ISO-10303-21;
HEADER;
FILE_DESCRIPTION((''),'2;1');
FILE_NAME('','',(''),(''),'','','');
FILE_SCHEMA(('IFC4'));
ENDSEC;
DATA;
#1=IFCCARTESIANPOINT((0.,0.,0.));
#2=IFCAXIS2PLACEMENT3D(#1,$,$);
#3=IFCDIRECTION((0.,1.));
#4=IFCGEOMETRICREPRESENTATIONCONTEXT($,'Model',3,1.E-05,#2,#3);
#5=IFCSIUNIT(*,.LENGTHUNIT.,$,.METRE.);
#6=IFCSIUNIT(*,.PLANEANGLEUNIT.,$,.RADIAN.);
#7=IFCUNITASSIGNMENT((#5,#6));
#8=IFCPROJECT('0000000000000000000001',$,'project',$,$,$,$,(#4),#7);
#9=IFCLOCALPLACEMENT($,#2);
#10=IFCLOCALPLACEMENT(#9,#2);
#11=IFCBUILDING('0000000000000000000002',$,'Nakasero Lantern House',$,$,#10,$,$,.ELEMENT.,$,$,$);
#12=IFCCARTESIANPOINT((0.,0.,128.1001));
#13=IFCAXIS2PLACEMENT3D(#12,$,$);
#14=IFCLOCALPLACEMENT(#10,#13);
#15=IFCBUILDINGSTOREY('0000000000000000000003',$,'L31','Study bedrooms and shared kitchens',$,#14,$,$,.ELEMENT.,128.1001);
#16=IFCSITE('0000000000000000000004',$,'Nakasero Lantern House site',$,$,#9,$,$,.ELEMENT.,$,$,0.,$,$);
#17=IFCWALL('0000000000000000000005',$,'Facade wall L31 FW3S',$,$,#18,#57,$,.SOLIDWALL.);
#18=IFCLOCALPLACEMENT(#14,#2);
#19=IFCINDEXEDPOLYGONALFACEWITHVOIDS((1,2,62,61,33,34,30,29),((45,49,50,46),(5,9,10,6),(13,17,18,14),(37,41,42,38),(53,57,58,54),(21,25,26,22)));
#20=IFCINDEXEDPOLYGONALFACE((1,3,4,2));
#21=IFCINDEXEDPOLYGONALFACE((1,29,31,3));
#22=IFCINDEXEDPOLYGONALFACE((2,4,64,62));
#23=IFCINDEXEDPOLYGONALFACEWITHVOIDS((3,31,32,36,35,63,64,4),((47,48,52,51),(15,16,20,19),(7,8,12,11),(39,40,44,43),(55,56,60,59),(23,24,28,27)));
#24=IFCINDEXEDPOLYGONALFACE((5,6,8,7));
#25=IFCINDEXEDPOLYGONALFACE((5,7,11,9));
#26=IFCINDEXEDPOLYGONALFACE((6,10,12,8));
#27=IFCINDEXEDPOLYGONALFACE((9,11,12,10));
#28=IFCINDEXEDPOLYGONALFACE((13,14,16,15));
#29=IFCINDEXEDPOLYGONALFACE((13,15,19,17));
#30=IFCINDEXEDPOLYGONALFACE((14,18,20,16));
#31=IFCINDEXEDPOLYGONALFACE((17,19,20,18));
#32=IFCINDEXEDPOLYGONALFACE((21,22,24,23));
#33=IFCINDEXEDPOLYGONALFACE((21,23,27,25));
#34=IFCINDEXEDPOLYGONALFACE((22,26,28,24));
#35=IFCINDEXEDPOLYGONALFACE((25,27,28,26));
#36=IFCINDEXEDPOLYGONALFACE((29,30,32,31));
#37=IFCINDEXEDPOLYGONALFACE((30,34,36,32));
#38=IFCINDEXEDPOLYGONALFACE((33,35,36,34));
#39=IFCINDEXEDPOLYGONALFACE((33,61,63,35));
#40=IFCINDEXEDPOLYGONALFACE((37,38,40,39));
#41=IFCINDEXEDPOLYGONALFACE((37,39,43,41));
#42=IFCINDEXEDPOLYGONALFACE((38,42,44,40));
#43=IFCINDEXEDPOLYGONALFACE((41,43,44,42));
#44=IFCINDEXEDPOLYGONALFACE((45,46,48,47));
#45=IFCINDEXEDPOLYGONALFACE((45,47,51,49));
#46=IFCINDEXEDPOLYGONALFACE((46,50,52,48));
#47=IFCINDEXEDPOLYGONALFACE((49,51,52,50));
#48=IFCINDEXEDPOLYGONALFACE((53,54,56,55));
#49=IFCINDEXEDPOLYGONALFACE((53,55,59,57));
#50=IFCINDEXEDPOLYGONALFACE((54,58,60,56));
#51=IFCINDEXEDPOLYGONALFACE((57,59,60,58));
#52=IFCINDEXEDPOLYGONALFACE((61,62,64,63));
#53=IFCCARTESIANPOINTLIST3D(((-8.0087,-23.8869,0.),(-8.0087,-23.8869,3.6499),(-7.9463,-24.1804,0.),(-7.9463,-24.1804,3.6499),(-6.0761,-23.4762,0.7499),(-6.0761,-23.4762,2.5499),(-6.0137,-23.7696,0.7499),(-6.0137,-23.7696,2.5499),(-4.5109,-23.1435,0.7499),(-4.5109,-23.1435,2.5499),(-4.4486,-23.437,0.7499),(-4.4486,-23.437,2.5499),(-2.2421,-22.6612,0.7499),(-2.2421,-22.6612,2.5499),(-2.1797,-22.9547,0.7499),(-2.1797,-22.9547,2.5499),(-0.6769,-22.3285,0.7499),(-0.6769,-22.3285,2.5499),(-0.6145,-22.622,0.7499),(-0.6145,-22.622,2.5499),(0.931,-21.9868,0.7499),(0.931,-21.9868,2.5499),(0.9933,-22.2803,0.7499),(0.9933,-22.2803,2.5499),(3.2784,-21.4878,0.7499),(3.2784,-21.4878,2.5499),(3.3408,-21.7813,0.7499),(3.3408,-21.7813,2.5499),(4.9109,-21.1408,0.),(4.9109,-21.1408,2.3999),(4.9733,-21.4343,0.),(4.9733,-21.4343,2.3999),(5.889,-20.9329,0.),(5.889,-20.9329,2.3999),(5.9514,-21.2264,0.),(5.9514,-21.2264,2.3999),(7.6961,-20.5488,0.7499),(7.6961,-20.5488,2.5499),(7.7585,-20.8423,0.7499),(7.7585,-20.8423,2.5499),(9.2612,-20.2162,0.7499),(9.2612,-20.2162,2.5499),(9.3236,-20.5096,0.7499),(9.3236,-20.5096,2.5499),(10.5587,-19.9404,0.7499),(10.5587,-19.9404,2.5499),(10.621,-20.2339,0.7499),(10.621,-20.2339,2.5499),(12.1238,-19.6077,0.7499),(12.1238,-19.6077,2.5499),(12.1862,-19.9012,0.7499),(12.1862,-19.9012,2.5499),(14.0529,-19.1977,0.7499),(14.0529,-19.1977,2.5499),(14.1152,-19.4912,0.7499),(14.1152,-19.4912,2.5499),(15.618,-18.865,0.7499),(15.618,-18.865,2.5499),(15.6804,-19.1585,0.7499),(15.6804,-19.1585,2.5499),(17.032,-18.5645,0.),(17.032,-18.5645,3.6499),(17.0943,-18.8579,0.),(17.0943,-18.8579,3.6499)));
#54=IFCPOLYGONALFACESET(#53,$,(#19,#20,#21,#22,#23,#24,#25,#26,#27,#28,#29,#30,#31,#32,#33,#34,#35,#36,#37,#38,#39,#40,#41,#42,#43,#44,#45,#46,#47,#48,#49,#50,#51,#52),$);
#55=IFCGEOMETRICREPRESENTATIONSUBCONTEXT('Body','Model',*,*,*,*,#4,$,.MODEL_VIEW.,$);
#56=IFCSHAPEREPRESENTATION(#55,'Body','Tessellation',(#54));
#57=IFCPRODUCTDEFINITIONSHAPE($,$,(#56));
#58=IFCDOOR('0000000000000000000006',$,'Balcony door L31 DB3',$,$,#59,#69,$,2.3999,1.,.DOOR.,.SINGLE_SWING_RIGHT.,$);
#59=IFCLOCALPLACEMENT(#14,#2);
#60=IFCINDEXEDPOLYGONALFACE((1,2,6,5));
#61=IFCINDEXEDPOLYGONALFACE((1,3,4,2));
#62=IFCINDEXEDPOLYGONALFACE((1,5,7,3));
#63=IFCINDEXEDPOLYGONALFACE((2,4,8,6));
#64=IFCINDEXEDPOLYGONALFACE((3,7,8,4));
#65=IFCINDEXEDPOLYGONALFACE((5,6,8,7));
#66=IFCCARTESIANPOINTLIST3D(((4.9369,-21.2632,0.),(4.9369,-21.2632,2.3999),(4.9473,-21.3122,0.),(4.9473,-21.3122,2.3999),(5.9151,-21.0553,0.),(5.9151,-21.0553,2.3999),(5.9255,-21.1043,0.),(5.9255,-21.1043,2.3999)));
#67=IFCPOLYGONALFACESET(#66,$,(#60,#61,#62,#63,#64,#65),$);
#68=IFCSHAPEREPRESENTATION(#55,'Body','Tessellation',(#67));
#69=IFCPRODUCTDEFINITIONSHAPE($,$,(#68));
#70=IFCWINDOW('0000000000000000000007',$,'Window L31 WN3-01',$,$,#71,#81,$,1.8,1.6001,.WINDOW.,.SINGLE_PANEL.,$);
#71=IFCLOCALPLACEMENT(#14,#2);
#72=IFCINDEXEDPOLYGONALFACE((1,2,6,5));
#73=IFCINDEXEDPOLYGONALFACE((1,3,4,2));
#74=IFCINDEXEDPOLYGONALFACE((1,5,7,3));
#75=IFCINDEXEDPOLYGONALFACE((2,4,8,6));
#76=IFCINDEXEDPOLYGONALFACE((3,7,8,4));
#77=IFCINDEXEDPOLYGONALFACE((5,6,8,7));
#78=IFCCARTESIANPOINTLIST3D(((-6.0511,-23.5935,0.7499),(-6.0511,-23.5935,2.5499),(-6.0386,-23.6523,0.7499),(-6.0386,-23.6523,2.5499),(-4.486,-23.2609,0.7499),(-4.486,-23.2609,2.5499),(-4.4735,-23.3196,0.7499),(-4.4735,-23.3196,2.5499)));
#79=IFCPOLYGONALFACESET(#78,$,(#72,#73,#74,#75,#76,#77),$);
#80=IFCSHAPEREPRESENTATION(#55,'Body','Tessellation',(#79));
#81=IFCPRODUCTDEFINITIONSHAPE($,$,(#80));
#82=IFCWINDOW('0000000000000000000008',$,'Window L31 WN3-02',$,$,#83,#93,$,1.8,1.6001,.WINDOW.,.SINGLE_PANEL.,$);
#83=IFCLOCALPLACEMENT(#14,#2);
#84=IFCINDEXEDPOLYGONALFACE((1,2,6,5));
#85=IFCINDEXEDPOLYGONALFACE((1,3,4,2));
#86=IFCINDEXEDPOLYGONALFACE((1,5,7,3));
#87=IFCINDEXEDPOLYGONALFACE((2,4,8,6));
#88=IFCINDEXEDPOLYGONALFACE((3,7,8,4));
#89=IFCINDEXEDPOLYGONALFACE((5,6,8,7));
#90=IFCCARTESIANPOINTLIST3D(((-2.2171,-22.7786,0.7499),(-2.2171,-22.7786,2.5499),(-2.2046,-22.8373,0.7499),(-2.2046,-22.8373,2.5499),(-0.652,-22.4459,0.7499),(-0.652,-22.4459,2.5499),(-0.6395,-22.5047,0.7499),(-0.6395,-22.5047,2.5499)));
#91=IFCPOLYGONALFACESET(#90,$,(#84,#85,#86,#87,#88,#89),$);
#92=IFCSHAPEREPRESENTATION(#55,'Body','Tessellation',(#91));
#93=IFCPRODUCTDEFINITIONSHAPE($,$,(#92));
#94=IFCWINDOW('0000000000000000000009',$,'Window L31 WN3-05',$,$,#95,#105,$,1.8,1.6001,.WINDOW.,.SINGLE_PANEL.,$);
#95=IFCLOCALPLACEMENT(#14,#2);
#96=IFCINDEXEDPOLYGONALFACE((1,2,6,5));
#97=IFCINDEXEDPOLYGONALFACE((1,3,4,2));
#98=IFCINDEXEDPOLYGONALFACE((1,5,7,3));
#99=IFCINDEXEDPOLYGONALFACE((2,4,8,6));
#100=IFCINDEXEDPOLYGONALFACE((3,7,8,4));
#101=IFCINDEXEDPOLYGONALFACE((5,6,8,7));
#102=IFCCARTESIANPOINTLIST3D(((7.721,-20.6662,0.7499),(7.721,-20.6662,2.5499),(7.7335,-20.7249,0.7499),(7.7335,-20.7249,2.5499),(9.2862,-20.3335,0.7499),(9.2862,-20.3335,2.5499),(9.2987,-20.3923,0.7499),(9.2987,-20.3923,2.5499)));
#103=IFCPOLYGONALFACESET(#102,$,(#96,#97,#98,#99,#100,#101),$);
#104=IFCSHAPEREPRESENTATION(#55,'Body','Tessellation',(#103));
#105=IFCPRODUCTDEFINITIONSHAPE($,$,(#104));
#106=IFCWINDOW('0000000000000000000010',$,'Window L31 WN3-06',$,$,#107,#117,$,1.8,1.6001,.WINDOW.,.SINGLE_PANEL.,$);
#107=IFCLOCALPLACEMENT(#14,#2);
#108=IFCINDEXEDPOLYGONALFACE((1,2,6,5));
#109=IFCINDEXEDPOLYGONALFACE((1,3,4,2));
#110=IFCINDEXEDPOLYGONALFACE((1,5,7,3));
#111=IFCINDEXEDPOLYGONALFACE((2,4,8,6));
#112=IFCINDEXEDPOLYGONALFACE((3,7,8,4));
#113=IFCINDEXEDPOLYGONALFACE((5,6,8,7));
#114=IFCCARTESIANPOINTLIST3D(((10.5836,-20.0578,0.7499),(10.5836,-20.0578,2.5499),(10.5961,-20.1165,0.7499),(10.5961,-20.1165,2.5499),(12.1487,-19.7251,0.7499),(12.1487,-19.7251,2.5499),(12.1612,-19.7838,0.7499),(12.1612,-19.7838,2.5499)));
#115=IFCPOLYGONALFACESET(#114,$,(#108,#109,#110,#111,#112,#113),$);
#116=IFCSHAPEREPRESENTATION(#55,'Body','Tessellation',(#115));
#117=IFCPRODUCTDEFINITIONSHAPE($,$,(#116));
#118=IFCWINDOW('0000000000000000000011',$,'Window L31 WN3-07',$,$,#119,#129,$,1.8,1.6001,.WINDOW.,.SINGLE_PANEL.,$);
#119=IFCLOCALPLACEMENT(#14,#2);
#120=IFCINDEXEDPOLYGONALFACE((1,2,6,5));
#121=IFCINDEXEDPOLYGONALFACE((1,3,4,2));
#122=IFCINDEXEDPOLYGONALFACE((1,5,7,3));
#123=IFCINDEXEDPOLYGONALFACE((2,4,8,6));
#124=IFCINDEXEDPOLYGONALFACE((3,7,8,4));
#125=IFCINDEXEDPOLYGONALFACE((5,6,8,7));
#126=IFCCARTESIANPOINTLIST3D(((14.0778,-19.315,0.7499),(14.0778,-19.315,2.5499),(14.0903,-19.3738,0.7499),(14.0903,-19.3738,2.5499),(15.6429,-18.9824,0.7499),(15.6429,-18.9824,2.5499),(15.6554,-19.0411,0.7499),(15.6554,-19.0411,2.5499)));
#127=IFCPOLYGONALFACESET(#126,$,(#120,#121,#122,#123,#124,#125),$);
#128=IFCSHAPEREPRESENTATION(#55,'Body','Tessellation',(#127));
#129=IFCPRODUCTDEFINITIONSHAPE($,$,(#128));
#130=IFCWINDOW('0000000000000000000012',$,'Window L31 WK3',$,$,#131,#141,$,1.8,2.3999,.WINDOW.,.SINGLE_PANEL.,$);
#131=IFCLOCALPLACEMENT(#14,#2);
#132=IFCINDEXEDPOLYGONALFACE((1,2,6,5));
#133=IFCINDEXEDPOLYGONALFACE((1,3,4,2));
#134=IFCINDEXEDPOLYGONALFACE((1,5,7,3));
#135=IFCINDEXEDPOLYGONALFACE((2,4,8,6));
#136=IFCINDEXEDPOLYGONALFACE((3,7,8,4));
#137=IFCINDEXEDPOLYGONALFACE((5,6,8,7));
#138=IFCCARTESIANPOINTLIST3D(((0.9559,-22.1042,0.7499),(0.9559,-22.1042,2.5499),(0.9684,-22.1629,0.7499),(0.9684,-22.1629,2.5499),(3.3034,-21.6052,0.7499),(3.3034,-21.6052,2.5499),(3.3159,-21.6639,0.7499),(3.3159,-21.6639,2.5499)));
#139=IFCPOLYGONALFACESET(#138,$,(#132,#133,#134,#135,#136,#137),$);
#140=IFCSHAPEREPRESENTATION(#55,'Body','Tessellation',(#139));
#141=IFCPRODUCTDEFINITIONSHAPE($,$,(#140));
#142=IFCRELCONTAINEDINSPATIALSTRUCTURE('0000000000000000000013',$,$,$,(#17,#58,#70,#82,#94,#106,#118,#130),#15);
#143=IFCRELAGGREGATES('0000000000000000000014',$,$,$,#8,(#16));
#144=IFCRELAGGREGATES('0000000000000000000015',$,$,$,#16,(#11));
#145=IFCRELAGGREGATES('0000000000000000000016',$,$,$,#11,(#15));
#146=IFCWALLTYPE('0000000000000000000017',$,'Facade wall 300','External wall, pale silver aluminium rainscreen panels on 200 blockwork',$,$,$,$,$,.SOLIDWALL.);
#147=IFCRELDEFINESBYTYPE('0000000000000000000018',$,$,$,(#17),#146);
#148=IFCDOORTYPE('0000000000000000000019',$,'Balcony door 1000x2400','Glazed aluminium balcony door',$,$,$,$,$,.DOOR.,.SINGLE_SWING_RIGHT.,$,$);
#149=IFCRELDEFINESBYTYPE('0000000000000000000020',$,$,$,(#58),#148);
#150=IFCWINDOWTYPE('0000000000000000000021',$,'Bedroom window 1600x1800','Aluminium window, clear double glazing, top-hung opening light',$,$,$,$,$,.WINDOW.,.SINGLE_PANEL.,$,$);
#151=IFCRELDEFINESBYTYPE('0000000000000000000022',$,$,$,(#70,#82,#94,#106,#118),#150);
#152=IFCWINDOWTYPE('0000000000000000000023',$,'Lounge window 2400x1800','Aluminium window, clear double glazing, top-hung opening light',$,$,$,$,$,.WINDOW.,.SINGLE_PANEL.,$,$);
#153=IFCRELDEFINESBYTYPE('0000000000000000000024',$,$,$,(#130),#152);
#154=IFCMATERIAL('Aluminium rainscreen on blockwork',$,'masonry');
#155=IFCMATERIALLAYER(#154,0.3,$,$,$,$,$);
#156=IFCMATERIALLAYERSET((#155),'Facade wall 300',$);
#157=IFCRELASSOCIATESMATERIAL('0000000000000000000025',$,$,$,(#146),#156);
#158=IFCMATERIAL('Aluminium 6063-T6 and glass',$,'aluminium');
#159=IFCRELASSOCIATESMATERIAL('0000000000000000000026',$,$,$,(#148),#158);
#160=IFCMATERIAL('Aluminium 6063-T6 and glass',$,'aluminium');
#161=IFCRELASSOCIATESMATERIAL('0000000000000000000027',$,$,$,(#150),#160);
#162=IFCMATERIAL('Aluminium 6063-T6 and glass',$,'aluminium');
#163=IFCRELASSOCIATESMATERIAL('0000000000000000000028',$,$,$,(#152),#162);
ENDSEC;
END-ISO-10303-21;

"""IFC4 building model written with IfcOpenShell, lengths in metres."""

from ifc_helpers import new_model, si_unit, direction, frame, frame_2d, origin, place, context, subcontext, project, spatial, rectangle, extrude, material, layer, layer_set, type_object, element, fill, save


model = new_model("IFC4")

# Units and contexts
model_context = context("Model", 3, precision=1e-05, world=origin(), true_north=direction((0.0, 1.0)))
body_context = subcontext(model_context, "Body", "Model", "MODEL_VIEW")
ifc_project = project(units=[si_unit("LENGTHUNIT", "METRE"), si_unit("PLANEANGLEUNIT", "RADIAN")], contexts=[model_context])

# Site, building, storey
site_placement = place(None, origin())
site = spatial("IfcSite", under=ifc_project, at=site_placement, Name="Nakasero Lantern House site", CompositionType="ELEMENT", RefElevation=0.0)
building_placement = place(site_placement, origin())
building = spatial("IfcBuilding", under=site, at=building_placement, Name="Nakasero Lantern House", CompositionType="ELEMENT")
storey_placement = place(building_placement, frame((0.0, 0.0, 128.1001)))
storey = spatial("IfcBuildingStorey", under=building, at=storey_placement, Name="L31", Description="Study bedrooms and shared kitchens", CompositionType="ELEMENT", Elevation=128.1001)

# Wall, openings, door, windows
ifc_material_1 = material(Name="Aluminium rainscreen on blockwork", Category="masonry")
ifc_layer_1 = layer(ifc_material_1, 0.3)
ifc_layer_set_1 = layer_set([ifc_layer_1], Name="Facade wall 300")
wall_type_1 = type_object("IfcWallType", Name="Facade wall 300", Description="External wall, pale silver aluminium rainscreen panels on 200 blockwork", PredefinedType="SOLIDWALL", material=ifc_layer_set_1)
wall_1_placement = place(storey_placement, frame((-7.9775, -24.0337, 0.0), z_axis=(0.0, 0.0, 1.0), x_axis=(0.978148, 0.207909, 0.0)))
wall_1 = element("IfcWall", 1, at=wall_1_placement, inside=storey, type_object=wall_type_1, Name="Facade wall L31 FW3S", PredefinedType="SOLIDWALL", context=body_context, shape_type="SweptSolid", body=[
    extrude(rectangle(XDim=25.6001, YDim=0.3, at=frame_2d((12.8, 0.0))), origin(), (0.0, 0.0, 1.0), 3.6499),
])
opening_1_placement = place(wall_1_placement, frame((1.9758, 0.0, 0.75)))
opening_1 = element("IfcOpeningElement", 2, at=opening_1_placement, cuts=wall_1, PredefinedType="OPENING", context=body_context, shape_type="SweptSolid", body=[
    extrude(rectangle(XDim=1.6001, YDim=1.8, at=frame_2d((0.8, 0.8999))), frame((0.0, 0.1699, 0.0), z_axis=(0.0, -1.0, 0.0), x_axis=(1.0, 0.0, 0.0)), (0.0, 0.0, 1.0), 0.3401),
])
opening_2_placement = place(wall_1_placement, frame((5.8955, 0.0, 0.75)))
opening_2 = element("IfcOpeningElement", 3, at=opening_2_placement, cuts=wall_1, PredefinedType="OPENING", context=body_context, shape_type="SweptSolid", body=[
    extrude(rectangle(XDim=1.6001, YDim=1.8, at=frame_2d((0.8, 0.8999))), frame((0.0, 0.1699, 0.0), z_axis=(0.0, -1.0, 0.0), x_axis=(1.0, 0.0, 0.0)), (0.0, 0.0, 1.0), 0.3401),
])
opening_3_placement = place(wall_1_placement, frame((16.0557, 0.0, 0.75)))
opening_3 = element("IfcOpeningElement", 4, at=opening_3_placement, cuts=wall_1, PredefinedType="OPENING", context=body_context, shape_type="SweptSolid", body=[
    extrude(rectangle(XDim=1.6001, YDim=1.8, at=frame_2d((0.8, 0.8999))), frame((0.0, 0.1699, 0.0), z_axis=(0.0, -1.0, 0.0), x_axis=(1.0, 0.0, 0.0)), (0.0, 0.0, 1.0), 0.3401),
])
opening_4_placement = place(wall_1_placement, frame((18.9822, 0.0, 0.75)))
opening_4 = element("IfcOpeningElement", 5, at=opening_4_placement, cuts=wall_1, PredefinedType="OPENING", context=body_context, shape_type="SweptSolid", body=[
    extrude(rectangle(XDim=1.6001, YDim=1.8, at=frame_2d((0.8, 0.8999))), frame((0.0, 0.1699, 0.0), z_axis=(0.0, -1.0, 0.0), x_axis=(1.0, 0.0, 0.0)), (0.0, 0.0, 1.0), 0.3401),
])
opening_5_placement = place(wall_1_placement, frame((22.5544, 0.0, 0.75)))
opening_5 = element("IfcOpeningElement", 6, at=opening_5_placement, cuts=wall_1, PredefinedType="OPENING", context=body_context, shape_type="SweptSolid", body=[
    extrude(rectangle(XDim=1.6001, YDim=1.8, at=frame_2d((0.8, 0.8999))), frame((0.0, 0.1699, 0.0), z_axis=(0.0, -1.0, 0.0), x_axis=(1.0, 0.0, 0.0)), (0.0, 0.0, 1.0), 0.3401),
])
opening_6_placement = place(wall_1_placement, frame((9.1394, 0.0, 0.75)))
opening_6 = element("IfcOpeningElement", 7, at=opening_6_placement, cuts=wall_1, PredefinedType="OPENING", context=body_context, shape_type="SweptSolid", body=[
    extrude(rectangle(XDim=2.3999, YDim=1.8, at=frame_2d((1.2, 0.8999))), frame((0.0, 0.1699, 0.0), z_axis=(0.0, -1.0, 0.0), x_axis=(1.0, 0.0, 0.0)), (0.0, 0.0, 1.0), 0.3401),
])
opening_7_placement = place(wall_1_placement, frame((13.2083, 0.0, 0.0)))
opening_7 = element("IfcOpeningElement", 8, at=opening_7_placement, cuts=wall_1, PredefinedType="OPENING", context=body_context, shape_type="SweptSolid", body=[
    extrude(rectangle(XDim=1.0, YDim=2.3999, at=frame_2d((0.5, 1.2))), frame((0.0, 0.1699, 0.0), z_axis=(0.0, -1.0, 0.0), x_axis=(1.0, 0.0, 0.0)), (0.0, 0.0, 1.0), 0.3401),
])
ifc_material_2 = material(Name="Aluminium 6063-T6 and glass", Category="aluminium")
door_type_1 = type_object("IfcDoorType", Name="Balcony door 1000x2400", Description="Glazed aluminium balcony door", OperationType="SINGLE_SWING_RIGHT", PredefinedType="DOOR", material=ifc_material_2)
door_1_placement = place(opening_7_placement, origin())
door_1 = element("IfcDoor", 9, at=door_1_placement, inside=storey, type_object=door_type_1, Name="Balcony door L31 DB3", OperationType="SINGLE_SWING_RIGHT", OverallHeight=2.3999, OverallWidth=1.0, PredefinedType="DOOR", context=body_context, shape_type="SweptSolid", body=[
    extrude(rectangle(XDim=1.0, YDim=2.3999, at=frame_2d((0.5, 1.2))), frame((0.0, 0.0249, 0.0), z_axis=(0.0, -1.0, 0.0), x_axis=(1.0, 0.0, 0.0)), (0.0, 0.0, 1.0), 0.05),
])
fill(opening_7, door_1)
ifc_material_3 = material(Name="Aluminium 6063-T6 and glass", Category="aluminium")
window_type_1 = type_object("IfcWindowType", Name="Bedroom window 1600x1800", Description="Aluminium window, clear double glazing, top-hung opening light", PartitioningType="SINGLE_PANEL", PredefinedType="WINDOW", material=ifc_material_3)
window_1_placement = place(opening_1_placement, origin())
window_1 = element("IfcWindow", 10, at=window_1_placement, inside=storey, type_object=window_type_1, Name="Window L31 WN3-01", OverallHeight=1.8, OverallWidth=1.6001, PartitioningType="SINGLE_PANEL", PredefinedType="WINDOW", context=body_context, shape_type="SweptSolid", body=[
    extrude(rectangle(XDim=1.6001, YDim=1.8, at=frame_2d((0.8, 0.8999))), frame((0.0, 0.03, 0.0), z_axis=(0.0, -1.0, 0.0), x_axis=(1.0, 0.0, 0.0)), (0.0, 0.0, 1.0), 0.0601),
])
fill(opening_1, window_1)
window_2_placement = place(opening_2_placement, origin())
window_2 = element("IfcWindow", 11, at=window_2_placement, inside=storey, type_object=window_type_1, Name="Window L31 WN3-02", OverallHeight=1.8, OverallWidth=1.6001, PartitioningType="SINGLE_PANEL", PredefinedType="WINDOW", context=body_context, shape_type="SweptSolid", body=[
    extrude(rectangle(XDim=1.6001, YDim=1.8, at=frame_2d((0.8, 0.8999))), frame((0.0, 0.03, 0.0), z_axis=(0.0, -1.0, 0.0), x_axis=(1.0, 0.0, 0.0)), (0.0, 0.0, 1.0), 0.0601),
])
fill(opening_2, window_2)
window_3_placement = place(opening_3_placement, origin())
window_3 = element("IfcWindow", 12, at=window_3_placement, inside=storey, type_object=window_type_1, Name="Window L31 WN3-05", OverallHeight=1.8, OverallWidth=1.6001, PartitioningType="SINGLE_PANEL", PredefinedType="WINDOW", context=body_context, shape_type="SweptSolid", body=[
    extrude(rectangle(XDim=1.6001, YDim=1.8, at=frame_2d((0.8, 0.8999))), frame((0.0, 0.03, 0.0), z_axis=(0.0, -1.0, 0.0), x_axis=(1.0, 0.0, 0.0)), (0.0, 0.0, 1.0), 0.0601),
])
fill(opening_3, window_3)
window_4_placement = place(opening_4_placement, origin())
window_4 = element("IfcWindow", 13, at=window_4_placement, inside=storey, type_object=window_type_1, Name="Window L31 WN3-06", OverallHeight=1.8, OverallWidth=1.6001, PartitioningType="SINGLE_PANEL", PredefinedType="WINDOW", context=body_context, shape_type="SweptSolid", body=[
    extrude(rectangle(XDim=1.6001, YDim=1.8, at=frame_2d((0.8, 0.8999))), frame((0.0, 0.03, 0.0), z_axis=(0.0, -1.0, 0.0), x_axis=(1.0, 0.0, 0.0)), (0.0, 0.0, 1.0), 0.0601),
])
fill(opening_4, window_4)
window_5_placement = place(opening_5_placement, origin())
window_5 = element("IfcWindow", 14, at=window_5_placement, inside=storey, type_object=window_type_1, Name="Window L31 WN3-07", OverallHeight=1.8, OverallWidth=1.6001, PartitioningType="SINGLE_PANEL", PredefinedType="WINDOW", context=body_context, shape_type="SweptSolid", body=[
    extrude(rectangle(XDim=1.6001, YDim=1.8, at=frame_2d((0.8, 0.8999))), frame((0.0, 0.03, 0.0), z_axis=(0.0, -1.0, 0.0), x_axis=(1.0, 0.0, 0.0)), (0.0, 0.0, 1.0), 0.0601),
])
fill(opening_5, window_5)
ifc_material_4 = material(Name="Aluminium 6063-T6 and glass", Category="aluminium")
window_type_2 = type_object("IfcWindowType", Name="Lounge window 2400x1800", Description="Aluminium window, clear double glazing, top-hung opening light", PartitioningType="SINGLE_PANEL", PredefinedType="WINDOW", material=ifc_material_4)
window_6_placement = place(opening_6_placement, origin())
window_6 = element("IfcWindow", 15, at=window_6_placement, inside=storey, type_object=window_type_2, Name="Window L31 WK3", OverallHeight=1.8, OverallWidth=2.3999, PartitioningType="SINGLE_PANEL", PredefinedType="WINDOW", context=body_context, shape_type="SweptSolid", body=[
    extrude(rectangle(XDim=2.3999, YDim=1.8, at=frame_2d((1.2, 0.8999))), frame((0.0, 0.03, 0.0), z_axis=(0.0, -1.0, 0.0), x_axis=(1.0, 0.0, 0.0)), (0.0, 0.0, 1.0), 0.0601),
])
fill(opening_6, window_6)

save(model, "model.ifc")
